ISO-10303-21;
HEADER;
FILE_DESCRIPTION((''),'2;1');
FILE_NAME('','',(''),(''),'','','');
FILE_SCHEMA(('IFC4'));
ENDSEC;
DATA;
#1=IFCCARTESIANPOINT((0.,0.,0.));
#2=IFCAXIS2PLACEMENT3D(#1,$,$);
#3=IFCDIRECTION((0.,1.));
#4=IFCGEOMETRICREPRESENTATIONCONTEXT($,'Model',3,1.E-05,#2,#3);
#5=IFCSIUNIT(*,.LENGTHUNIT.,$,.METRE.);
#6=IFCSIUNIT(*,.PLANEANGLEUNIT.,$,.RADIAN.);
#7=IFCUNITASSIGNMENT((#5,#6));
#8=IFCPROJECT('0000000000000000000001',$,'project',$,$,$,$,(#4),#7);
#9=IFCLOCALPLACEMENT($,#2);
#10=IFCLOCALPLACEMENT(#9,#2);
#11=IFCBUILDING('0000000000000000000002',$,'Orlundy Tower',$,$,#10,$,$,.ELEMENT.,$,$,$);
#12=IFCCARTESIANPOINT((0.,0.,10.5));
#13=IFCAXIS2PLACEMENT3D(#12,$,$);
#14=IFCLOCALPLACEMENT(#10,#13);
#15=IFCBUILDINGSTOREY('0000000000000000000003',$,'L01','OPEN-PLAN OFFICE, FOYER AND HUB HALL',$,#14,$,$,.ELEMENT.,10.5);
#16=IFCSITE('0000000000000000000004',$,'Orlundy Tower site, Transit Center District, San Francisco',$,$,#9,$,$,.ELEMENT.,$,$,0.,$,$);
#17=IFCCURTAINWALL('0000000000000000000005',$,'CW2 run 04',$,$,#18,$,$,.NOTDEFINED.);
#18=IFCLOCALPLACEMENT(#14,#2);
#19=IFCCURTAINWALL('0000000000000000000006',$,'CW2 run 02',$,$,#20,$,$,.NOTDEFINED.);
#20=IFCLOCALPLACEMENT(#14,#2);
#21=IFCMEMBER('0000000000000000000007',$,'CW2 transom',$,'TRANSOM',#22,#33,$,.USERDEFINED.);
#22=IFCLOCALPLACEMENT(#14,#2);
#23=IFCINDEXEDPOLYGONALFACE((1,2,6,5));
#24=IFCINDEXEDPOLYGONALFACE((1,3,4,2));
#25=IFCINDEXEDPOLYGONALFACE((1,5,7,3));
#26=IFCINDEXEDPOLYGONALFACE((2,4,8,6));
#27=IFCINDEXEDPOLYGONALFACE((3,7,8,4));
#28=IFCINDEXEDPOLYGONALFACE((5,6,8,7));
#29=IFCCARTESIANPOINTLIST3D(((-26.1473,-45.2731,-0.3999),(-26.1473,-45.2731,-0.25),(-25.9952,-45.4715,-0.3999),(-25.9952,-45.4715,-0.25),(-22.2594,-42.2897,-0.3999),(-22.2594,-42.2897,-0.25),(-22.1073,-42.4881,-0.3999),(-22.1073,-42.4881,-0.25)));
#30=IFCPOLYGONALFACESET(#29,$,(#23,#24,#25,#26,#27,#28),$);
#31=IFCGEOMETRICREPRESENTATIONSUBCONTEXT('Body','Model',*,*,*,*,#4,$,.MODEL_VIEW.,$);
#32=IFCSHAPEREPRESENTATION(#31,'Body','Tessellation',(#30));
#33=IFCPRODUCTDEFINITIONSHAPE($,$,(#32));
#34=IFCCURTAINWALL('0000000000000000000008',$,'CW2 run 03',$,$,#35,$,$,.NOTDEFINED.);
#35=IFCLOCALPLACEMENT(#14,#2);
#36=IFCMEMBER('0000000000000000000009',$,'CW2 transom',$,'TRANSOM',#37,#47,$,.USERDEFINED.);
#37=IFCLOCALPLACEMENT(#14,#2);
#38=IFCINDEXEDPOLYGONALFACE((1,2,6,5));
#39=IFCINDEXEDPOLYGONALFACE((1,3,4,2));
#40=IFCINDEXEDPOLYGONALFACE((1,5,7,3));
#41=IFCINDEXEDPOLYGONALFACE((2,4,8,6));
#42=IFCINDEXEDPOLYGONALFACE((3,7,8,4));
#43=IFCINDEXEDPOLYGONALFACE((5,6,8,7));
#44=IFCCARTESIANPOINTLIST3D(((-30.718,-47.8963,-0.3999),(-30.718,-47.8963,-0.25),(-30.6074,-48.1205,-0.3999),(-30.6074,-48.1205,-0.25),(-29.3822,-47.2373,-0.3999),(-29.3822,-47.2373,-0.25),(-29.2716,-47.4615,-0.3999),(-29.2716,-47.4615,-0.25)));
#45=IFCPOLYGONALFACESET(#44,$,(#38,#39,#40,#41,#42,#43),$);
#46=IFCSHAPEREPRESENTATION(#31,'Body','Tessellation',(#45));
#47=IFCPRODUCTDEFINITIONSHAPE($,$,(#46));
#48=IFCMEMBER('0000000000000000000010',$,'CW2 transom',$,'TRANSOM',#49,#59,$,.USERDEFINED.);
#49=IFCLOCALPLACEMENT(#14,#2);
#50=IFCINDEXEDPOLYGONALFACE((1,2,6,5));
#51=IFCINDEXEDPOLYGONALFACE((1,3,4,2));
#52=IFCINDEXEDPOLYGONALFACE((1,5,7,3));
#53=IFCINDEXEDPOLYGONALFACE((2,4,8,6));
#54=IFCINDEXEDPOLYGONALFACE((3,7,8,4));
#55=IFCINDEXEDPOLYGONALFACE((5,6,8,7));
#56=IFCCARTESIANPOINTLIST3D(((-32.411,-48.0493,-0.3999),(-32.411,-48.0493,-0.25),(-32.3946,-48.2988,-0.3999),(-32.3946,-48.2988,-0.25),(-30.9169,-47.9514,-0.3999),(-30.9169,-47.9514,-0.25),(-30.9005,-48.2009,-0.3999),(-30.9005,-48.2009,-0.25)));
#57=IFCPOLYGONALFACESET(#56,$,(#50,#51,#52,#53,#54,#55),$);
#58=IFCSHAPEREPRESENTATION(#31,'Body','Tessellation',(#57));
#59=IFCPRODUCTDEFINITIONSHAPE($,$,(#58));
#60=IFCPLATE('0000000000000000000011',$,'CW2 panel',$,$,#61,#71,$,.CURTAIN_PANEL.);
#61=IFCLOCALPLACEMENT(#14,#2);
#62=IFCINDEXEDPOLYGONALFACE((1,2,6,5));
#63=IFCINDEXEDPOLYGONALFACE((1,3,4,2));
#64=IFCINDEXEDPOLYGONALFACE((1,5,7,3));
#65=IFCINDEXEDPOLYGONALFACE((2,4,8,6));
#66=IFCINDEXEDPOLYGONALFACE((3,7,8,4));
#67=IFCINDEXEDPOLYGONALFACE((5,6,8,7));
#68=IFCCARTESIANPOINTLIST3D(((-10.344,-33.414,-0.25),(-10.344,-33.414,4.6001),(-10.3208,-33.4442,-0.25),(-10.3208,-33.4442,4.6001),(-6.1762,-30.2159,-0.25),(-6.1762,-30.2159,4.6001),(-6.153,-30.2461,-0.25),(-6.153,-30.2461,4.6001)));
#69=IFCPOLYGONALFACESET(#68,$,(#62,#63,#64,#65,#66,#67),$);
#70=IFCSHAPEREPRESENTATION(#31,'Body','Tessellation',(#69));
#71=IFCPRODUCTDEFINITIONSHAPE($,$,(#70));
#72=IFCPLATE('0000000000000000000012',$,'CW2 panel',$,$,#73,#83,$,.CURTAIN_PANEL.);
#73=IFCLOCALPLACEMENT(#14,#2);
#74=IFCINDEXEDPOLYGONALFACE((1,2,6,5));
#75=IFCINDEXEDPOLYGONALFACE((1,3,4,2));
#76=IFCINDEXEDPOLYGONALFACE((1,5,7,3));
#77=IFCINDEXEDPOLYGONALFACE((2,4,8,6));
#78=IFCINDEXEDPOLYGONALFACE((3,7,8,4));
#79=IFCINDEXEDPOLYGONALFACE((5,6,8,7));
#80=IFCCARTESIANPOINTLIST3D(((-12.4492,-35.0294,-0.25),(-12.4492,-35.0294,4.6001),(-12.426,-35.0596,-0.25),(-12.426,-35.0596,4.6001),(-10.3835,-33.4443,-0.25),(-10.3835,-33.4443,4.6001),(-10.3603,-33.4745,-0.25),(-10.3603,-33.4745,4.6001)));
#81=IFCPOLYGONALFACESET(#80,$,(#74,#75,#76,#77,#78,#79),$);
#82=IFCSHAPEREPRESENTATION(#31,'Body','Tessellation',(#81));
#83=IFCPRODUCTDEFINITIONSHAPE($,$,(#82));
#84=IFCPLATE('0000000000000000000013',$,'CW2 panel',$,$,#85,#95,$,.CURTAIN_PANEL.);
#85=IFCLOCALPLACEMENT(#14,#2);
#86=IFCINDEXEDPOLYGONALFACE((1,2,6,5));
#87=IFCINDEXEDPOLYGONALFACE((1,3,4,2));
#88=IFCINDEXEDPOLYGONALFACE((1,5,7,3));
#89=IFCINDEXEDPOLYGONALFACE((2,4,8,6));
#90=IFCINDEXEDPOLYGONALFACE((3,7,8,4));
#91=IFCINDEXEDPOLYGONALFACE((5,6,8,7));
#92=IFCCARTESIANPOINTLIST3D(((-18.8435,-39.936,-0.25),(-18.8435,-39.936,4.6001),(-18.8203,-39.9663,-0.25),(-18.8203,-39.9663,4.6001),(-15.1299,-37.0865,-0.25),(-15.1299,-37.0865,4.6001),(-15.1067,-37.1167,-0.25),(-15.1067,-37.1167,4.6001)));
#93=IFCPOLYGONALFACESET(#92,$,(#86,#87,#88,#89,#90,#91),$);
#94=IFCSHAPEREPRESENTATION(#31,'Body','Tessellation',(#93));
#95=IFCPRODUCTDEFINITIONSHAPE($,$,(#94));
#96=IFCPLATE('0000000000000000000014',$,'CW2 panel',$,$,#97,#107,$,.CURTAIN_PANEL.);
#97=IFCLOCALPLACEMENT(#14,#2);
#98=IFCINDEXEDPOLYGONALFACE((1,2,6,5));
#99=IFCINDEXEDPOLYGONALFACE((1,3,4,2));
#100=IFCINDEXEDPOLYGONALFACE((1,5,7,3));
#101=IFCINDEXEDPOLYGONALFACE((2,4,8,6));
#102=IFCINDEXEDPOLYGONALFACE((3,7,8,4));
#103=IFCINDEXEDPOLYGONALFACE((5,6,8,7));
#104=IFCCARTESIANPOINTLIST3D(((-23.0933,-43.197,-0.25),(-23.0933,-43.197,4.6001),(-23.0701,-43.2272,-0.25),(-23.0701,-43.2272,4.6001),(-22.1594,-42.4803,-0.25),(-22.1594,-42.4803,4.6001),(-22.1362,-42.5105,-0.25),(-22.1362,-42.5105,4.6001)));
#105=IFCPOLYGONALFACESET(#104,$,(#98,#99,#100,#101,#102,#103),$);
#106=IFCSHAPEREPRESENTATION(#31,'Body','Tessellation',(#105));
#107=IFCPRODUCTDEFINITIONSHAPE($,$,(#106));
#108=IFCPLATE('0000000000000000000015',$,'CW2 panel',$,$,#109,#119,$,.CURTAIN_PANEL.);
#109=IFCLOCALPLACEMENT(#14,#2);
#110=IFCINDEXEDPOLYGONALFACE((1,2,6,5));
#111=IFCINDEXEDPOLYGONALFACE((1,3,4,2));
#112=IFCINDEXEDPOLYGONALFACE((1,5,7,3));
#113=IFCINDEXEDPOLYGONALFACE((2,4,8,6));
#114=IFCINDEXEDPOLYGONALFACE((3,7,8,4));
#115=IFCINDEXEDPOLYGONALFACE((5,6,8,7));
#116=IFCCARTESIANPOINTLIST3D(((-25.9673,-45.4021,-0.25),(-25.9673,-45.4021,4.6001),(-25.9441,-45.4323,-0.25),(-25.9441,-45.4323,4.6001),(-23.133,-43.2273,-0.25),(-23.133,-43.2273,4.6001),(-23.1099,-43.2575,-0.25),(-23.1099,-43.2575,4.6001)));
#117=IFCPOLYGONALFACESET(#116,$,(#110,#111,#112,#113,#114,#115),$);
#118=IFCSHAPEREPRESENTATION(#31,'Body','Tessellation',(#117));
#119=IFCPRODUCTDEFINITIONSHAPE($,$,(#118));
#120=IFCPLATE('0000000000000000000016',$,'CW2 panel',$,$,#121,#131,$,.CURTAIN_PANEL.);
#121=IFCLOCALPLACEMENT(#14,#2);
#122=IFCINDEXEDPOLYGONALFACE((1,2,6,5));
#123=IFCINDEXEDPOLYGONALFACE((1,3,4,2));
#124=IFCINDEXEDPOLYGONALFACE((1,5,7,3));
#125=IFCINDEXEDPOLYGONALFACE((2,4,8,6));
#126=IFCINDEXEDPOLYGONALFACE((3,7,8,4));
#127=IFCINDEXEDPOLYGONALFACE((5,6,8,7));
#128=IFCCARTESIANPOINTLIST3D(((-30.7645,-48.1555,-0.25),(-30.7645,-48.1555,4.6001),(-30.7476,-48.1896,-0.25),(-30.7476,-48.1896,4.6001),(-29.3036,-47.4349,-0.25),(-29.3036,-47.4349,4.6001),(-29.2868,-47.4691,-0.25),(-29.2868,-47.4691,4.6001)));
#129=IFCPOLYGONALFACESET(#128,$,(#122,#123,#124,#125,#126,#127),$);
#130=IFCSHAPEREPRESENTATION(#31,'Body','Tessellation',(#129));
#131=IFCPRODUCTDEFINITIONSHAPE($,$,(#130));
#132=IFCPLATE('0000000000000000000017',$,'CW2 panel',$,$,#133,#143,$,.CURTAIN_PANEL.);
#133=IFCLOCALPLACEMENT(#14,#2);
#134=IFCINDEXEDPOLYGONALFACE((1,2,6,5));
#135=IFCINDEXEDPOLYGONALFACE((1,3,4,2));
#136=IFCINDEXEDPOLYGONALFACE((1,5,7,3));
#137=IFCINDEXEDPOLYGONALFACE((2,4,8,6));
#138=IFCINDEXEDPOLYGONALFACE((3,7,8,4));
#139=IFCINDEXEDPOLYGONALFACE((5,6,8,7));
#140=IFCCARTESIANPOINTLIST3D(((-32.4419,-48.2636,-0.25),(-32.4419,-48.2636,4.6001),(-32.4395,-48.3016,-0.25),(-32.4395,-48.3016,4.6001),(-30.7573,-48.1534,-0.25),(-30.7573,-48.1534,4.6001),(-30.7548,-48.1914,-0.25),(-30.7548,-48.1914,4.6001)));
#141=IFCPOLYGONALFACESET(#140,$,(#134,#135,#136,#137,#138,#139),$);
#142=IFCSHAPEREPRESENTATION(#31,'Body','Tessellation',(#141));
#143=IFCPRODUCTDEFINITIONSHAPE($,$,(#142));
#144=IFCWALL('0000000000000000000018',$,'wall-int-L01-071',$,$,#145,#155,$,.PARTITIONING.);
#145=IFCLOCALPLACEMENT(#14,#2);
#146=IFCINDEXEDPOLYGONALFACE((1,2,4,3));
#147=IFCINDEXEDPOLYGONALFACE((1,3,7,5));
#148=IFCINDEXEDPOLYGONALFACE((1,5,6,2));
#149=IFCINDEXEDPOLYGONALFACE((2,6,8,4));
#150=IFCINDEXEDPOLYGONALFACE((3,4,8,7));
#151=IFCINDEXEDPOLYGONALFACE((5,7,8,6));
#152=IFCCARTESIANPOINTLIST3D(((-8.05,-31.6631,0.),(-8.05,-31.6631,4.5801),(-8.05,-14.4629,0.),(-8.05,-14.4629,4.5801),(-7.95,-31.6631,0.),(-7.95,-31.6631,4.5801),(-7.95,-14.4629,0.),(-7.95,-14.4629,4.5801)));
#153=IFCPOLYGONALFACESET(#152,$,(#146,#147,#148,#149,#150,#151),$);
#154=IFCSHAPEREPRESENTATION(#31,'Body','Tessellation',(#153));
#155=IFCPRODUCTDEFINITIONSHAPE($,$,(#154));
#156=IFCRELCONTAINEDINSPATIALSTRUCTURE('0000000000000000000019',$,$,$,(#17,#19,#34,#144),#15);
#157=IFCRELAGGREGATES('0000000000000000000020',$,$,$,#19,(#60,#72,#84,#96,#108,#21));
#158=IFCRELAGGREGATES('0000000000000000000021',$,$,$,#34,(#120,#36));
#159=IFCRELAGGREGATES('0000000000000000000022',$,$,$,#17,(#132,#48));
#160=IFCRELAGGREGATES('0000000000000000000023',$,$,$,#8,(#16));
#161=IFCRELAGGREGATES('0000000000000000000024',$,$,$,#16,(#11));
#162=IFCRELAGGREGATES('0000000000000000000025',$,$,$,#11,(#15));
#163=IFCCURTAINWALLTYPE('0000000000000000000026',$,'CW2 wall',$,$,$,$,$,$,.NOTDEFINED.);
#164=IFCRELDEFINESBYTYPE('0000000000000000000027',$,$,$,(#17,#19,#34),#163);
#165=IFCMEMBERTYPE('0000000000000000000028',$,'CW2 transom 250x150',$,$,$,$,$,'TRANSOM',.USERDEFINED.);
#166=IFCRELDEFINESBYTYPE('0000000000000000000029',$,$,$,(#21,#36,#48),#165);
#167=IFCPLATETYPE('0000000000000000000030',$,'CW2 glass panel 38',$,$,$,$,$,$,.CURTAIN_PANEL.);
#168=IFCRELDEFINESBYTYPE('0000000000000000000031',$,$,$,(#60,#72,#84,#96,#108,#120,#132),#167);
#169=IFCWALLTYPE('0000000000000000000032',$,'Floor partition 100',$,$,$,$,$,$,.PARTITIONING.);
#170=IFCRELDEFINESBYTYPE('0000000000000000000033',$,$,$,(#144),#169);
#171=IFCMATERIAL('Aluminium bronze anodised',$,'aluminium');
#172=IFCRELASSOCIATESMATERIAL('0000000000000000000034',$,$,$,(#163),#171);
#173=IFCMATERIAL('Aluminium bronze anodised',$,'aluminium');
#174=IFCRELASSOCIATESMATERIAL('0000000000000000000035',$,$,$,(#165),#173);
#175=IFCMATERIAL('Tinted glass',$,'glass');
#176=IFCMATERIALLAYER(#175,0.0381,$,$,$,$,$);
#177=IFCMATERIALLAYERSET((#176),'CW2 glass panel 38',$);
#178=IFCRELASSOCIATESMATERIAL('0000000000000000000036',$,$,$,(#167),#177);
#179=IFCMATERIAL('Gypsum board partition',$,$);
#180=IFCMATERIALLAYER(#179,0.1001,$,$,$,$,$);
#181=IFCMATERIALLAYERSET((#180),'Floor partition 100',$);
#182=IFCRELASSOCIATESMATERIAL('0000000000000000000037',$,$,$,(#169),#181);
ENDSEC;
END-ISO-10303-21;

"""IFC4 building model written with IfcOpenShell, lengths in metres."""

from ifc_helpers import new_model, si_unit, direction, frame, frame_2d, origin, origin_2d, place, context, subcontext, project, spatial, rectangle, extrude, material, layer, layer_set, material_profile, profile_set, type_object, element, aggregate, save


model = new_model("IFC4")

# Units and contexts
model_context = context("Model", 3, precision=1e-05, world=origin(), true_north=direction((0.0, 1.0)))
body_context = subcontext(model_context, "Body", "Model", "MODEL_VIEW")
ifc_project = project(units=[si_unit("LENGTHUNIT", "METRE"), si_unit("PLANEANGLEUNIT", "RADIAN")], contexts=[model_context])

# Site, building, storey
site_placement = place(None, origin())
site = spatial("IfcSite", under=ifc_project, at=site_placement, Name="Orlundy Tower site, Transit Center District, San Francisco", CompositionType="ELEMENT", RefElevation=0.0)
building_placement = place(site_placement, origin())
building = spatial("IfcBuilding", under=site, at=building_placement, Name="Orlundy Tower", CompositionType="ELEMENT")
storey_placement = place(building_placement, frame((0.0, 0.0, 10.5)))
storey = spatial("IfcBuildingStorey", under=building, at=storey_placement, Name="L01", Description="OPEN-PLAN OFFICE, FOYER AND HUB HALL", CompositionType="ELEMENT", Elevation=10.5)

# Curtain wall
ifc_material_1 = material(Name="Aluminium bronze anodised", Category="aluminium")
curtain_wall_type = type_object("IfcCurtainWallType", Name="CW2 wall", PredefinedType="NOTDEFINED", material=ifc_material_1)
curtain_wall_1_placement = place(storey_placement, origin())
curtain_wall_1 = element("IfcCurtainWall", 1, at=curtain_wall_1_placement, inside=storey, type_object=curtain_wall_type, Name="CW2 run 04", PredefinedType="NOTDEFINED")

# Curtain wall, member
curtain_wall_2_placement = place(storey_placement, origin())
curtain_wall_2 = element("IfcCurtainWall", 2, at=curtain_wall_2_placement, inside=storey, type_object=curtain_wall_type, Name="CW2 run 02", PredefinedType="NOTDEFINED")
ifc_material_2 = material(Name="Aluminium bronze anodised", Category="aluminium")
ifc_material_profile_1 = material_profile(ifc_material_2, rectangle(XDim=0.25, YDim=0.1499, at=origin_2d()), Name="CW2 transom 250x150")
ifc_profile_set_1 = profile_set([ifc_material_profile_1], Name="Aluminium bronze anodised")
member_type_1 = type_object("IfcMemberType", Name="CW2 transom 250x150", ElementType="TRANSOM", PredefinedType="USERDEFINED", material=ifc_profile_set_1)
member_1_placement = place(storey_placement, frame((-22.1833, -42.3889, -0.325), z_axis=(-0.793346, -0.608771, 0.0), x_axis=(0.608771, -0.793346, 0.0)))
member_1 = element("IfcMember", 3, at=member_1_placement, type_object=member_type_1, Name="CW2 transom", ObjectType="TRANSOM", PredefinedType="USERDEFINED", context=body_context, shape_type="SweptSolid", body=[
    extrude(rectangle(XDim=0.25, YDim=0.1499, at=origin_2d()), origin(), (0.0, 0.0, 1.0), 4.9006),
])

# Curtain wall, member
curtain_wall_3_placement = place(storey_placement, origin())
curtain_wall_3 = element("IfcCurtainWall", 4, at=curtain_wall_3_placement, inside=storey, type_object=curtain_wall_type, Name="CW2 run 03", PredefinedType="NOTDEFINED")
member_2_placement = place(storey_placement, frame((-29.3269, -47.3494, -0.325), z_axis=(-0.896808, -0.442421, 0.0), x_axis=(0.442421, -0.896808, 0.0)))
member_2 = element("IfcMember", 5, at=member_2_placement, type_object=member_type_1, Name="CW2 transom", ObjectType="TRANSOM", PredefinedType="USERDEFINED", context=body_context, shape_type="SweptSolid", body=[
    extrude(rectangle(XDim=0.25, YDim=0.1499, at=origin_2d()), origin(), (0.0, 0.0, 1.0), 1.4895),
])

# Member
member_3_placement = place(storey_placement, frame((-30.9087, -48.0762, -0.325), z_axis=(-0.99786, -0.065383, 0.0), x_axis=(0.065383, -0.99786, 0.0)))
member_3 = element("IfcMember", 6, at=member_3_placement, type_object=member_type_1, Name="CW2 transom", ObjectType="TRANSOM", PredefinedType="USERDEFINED", context=body_context, shape_type="SweptSolid", body=[
    extrude(rectangle(XDim=0.25, YDim=0.1499, at=origin_2d()), origin(), (0.0, 0.0, 1.0), 1.4973),
])

# Plates
ifc_material_3 = material(Name="Tinted glass", Category="glass")
ifc_layer_1 = layer(ifc_material_3, 0.0381)
ifc_layer_set_1 = layer_set([ifc_layer_1], Name="CW2 glass panel 38")
plate_type = type_object("IfcPlateType", Name="CW2 glass panel 38", PredefinedType="CURTAIN_PANEL", material=ifc_layer_set_1)
plate_1_placement = place(storey_placement, frame((-8.2485, -31.8301, -0.25), z_axis=(0.0, 0.0, 1.0), x_axis=(-0.793352, -0.608763, 0.0)))
plate_1 = element("IfcPlate", 7, at=plate_1_placement, type_object=plate_type, Name="CW2 panel", PredefinedType="CURTAIN_PANEL", context=body_context, shape_type="SweptSolid", body=[
    extrude(rectangle(XDim=5.2534, YDim=0.0381, at=origin_2d()), origin(), (0.0, 0.0, 1.0), 4.8501),
])
plate_2_placement = place(storey_placement, frame((-11.4048, -34.252, -0.25), z_axis=(0.0, 0.0, 1.0), x_axis=(-0.793352, -0.608763, 0.0)))
plate_2 = element("IfcPlate", 8, at=plate_2_placement, type_object=plate_type, Name="CW2 panel", PredefinedType="CURTAIN_PANEL", context=body_context, shape_type="SweptSolid", body=[
    extrude(rectangle(XDim=2.6038, YDim=0.0381, at=origin_2d()), origin(), (0.0, 0.0, 1.0), 4.8501),
])
plate_3_placement = place(storey_placement, frame((-16.9751, -38.5264, -0.25), z_axis=(0.0, 0.0, 1.0), x_axis=(-0.793352, -0.608763, 0.0)))
plate_3 = element("IfcPlate", 9, at=plate_3_placement, type_object=plate_type, Name="CW2 panel", PredefinedType="CURTAIN_PANEL", context=body_context, shape_type="SweptSolid", body=[
    extrude(rectangle(XDim=4.6809, YDim=0.0381, at=origin_2d()), origin(), (0.0, 0.0, 1.0), 4.8501),
])
plate_4_placement = place(storey_placement, frame((-22.6147, -42.8538, -0.25), z_axis=(0.0, 0.0, 1.0), x_axis=(-0.793352, -0.608763, 0.0)))
plate_4 = element("IfcPlate", 10, at=plate_4_placement, type_object=plate_type, Name="CW2 panel", PredefinedType="CURTAIN_PANEL", context=body_context, shape_type="SweptSolid", body=[
    extrude(rectangle(XDim=1.1772, YDim=0.0381, at=origin_2d()), origin(), (0.0, 0.0, 1.0), 4.8501),
])
plate_5_placement = place(storey_placement, frame((-24.5386, -44.3298, -0.25), z_axis=(0.0, 0.0, 1.0), x_axis=(-0.793352, -0.608763, 0.0)))
plate_5 = element("IfcPlate", 11, at=plate_5_placement, type_object=plate_type, Name="CW2 panel", PredefinedType="CURTAIN_PANEL", context=body_context, shape_type="SweptSolid", body=[
    extrude(rectangle(XDim=3.5725, YDim=0.0381, at=origin_2d()), origin(), (0.0, 0.0, 1.0), 4.8501),
])
aggregate(curtain_wall_2, [plate_1, plate_2, plate_3, plate_4, plate_5, member_1])
plate_6_placement = place(storey_placement, frame((-30.0256, -47.8123, -0.25), z_axis=(0.0, 0.0, 1.0), x_axis=(-0.896842, -0.442352, 0.0)))
plate_6 = element("IfcPlate", 12, at=plate_6_placement, type_object=plate_type, Name="CW2 panel", PredefinedType="CURTAIN_PANEL", context=body_context, shape_type="SweptSolid", body=[
    extrude(rectangle(XDim=1.6289, YDim=0.0381, at=origin_2d()), origin(), (0.0, 0.0, 1.0), 4.8501),
])
aggregate(curtain_wall_3, [plate_6, member_2])
plate_7_placement = place(storey_placement, frame((-31.5984, -48.2275, -0.25), z_axis=(0.0, 0.0, 1.0), x_axis=(-0.997867, -0.065284, 0.0)))
plate_7 = element("IfcPlate", 13, at=plate_7_placement, type_object=plate_type, Name="CW2 panel", PredefinedType="CURTAIN_PANEL", context=body_context, shape_type="SweptSolid", body=[
    extrude(rectangle(XDim=1.6882, YDim=0.0381, at=origin_2d()), origin(), (0.0, 0.0, 1.0), 4.8501),
])
aggregate(curtain_wall_1, [plate_7, member_3])

# Wall
ifc_material_4 = material(Name="Gypsum board partition")
ifc_layer_2 = layer(ifc_material_4, 0.1001)
ifc_layer_set_2 = layer_set([ifc_layer_2], Name="Floor partition 100")
wall_type = type_object("IfcWallType", Name="Floor partition 100", PredefinedType="PARTITIONING", material=ifc_layer_set_2)
wall_placement = place(storey_placement, frame((-8.0, -31.6631, 0.0), z_axis=(0.0, 0.0, 1.0), x_axis=(0.0, 1.0, 0.0)))
element("IfcWall", 14, at=wall_placement, inside=storey, type_object=wall_type, Name="wall-int-L01-071", PredefinedType="PARTITIONING", context=body_context, shape_type="SweptSolid", body=[
    extrude(rectangle(XDim=17.2002, YDim=0.1001, at=frame_2d((8.6001, 0.0))), origin(), (0.0, 0.0, 1.0), 4.5801),
])

save(model, "model.ifc")
